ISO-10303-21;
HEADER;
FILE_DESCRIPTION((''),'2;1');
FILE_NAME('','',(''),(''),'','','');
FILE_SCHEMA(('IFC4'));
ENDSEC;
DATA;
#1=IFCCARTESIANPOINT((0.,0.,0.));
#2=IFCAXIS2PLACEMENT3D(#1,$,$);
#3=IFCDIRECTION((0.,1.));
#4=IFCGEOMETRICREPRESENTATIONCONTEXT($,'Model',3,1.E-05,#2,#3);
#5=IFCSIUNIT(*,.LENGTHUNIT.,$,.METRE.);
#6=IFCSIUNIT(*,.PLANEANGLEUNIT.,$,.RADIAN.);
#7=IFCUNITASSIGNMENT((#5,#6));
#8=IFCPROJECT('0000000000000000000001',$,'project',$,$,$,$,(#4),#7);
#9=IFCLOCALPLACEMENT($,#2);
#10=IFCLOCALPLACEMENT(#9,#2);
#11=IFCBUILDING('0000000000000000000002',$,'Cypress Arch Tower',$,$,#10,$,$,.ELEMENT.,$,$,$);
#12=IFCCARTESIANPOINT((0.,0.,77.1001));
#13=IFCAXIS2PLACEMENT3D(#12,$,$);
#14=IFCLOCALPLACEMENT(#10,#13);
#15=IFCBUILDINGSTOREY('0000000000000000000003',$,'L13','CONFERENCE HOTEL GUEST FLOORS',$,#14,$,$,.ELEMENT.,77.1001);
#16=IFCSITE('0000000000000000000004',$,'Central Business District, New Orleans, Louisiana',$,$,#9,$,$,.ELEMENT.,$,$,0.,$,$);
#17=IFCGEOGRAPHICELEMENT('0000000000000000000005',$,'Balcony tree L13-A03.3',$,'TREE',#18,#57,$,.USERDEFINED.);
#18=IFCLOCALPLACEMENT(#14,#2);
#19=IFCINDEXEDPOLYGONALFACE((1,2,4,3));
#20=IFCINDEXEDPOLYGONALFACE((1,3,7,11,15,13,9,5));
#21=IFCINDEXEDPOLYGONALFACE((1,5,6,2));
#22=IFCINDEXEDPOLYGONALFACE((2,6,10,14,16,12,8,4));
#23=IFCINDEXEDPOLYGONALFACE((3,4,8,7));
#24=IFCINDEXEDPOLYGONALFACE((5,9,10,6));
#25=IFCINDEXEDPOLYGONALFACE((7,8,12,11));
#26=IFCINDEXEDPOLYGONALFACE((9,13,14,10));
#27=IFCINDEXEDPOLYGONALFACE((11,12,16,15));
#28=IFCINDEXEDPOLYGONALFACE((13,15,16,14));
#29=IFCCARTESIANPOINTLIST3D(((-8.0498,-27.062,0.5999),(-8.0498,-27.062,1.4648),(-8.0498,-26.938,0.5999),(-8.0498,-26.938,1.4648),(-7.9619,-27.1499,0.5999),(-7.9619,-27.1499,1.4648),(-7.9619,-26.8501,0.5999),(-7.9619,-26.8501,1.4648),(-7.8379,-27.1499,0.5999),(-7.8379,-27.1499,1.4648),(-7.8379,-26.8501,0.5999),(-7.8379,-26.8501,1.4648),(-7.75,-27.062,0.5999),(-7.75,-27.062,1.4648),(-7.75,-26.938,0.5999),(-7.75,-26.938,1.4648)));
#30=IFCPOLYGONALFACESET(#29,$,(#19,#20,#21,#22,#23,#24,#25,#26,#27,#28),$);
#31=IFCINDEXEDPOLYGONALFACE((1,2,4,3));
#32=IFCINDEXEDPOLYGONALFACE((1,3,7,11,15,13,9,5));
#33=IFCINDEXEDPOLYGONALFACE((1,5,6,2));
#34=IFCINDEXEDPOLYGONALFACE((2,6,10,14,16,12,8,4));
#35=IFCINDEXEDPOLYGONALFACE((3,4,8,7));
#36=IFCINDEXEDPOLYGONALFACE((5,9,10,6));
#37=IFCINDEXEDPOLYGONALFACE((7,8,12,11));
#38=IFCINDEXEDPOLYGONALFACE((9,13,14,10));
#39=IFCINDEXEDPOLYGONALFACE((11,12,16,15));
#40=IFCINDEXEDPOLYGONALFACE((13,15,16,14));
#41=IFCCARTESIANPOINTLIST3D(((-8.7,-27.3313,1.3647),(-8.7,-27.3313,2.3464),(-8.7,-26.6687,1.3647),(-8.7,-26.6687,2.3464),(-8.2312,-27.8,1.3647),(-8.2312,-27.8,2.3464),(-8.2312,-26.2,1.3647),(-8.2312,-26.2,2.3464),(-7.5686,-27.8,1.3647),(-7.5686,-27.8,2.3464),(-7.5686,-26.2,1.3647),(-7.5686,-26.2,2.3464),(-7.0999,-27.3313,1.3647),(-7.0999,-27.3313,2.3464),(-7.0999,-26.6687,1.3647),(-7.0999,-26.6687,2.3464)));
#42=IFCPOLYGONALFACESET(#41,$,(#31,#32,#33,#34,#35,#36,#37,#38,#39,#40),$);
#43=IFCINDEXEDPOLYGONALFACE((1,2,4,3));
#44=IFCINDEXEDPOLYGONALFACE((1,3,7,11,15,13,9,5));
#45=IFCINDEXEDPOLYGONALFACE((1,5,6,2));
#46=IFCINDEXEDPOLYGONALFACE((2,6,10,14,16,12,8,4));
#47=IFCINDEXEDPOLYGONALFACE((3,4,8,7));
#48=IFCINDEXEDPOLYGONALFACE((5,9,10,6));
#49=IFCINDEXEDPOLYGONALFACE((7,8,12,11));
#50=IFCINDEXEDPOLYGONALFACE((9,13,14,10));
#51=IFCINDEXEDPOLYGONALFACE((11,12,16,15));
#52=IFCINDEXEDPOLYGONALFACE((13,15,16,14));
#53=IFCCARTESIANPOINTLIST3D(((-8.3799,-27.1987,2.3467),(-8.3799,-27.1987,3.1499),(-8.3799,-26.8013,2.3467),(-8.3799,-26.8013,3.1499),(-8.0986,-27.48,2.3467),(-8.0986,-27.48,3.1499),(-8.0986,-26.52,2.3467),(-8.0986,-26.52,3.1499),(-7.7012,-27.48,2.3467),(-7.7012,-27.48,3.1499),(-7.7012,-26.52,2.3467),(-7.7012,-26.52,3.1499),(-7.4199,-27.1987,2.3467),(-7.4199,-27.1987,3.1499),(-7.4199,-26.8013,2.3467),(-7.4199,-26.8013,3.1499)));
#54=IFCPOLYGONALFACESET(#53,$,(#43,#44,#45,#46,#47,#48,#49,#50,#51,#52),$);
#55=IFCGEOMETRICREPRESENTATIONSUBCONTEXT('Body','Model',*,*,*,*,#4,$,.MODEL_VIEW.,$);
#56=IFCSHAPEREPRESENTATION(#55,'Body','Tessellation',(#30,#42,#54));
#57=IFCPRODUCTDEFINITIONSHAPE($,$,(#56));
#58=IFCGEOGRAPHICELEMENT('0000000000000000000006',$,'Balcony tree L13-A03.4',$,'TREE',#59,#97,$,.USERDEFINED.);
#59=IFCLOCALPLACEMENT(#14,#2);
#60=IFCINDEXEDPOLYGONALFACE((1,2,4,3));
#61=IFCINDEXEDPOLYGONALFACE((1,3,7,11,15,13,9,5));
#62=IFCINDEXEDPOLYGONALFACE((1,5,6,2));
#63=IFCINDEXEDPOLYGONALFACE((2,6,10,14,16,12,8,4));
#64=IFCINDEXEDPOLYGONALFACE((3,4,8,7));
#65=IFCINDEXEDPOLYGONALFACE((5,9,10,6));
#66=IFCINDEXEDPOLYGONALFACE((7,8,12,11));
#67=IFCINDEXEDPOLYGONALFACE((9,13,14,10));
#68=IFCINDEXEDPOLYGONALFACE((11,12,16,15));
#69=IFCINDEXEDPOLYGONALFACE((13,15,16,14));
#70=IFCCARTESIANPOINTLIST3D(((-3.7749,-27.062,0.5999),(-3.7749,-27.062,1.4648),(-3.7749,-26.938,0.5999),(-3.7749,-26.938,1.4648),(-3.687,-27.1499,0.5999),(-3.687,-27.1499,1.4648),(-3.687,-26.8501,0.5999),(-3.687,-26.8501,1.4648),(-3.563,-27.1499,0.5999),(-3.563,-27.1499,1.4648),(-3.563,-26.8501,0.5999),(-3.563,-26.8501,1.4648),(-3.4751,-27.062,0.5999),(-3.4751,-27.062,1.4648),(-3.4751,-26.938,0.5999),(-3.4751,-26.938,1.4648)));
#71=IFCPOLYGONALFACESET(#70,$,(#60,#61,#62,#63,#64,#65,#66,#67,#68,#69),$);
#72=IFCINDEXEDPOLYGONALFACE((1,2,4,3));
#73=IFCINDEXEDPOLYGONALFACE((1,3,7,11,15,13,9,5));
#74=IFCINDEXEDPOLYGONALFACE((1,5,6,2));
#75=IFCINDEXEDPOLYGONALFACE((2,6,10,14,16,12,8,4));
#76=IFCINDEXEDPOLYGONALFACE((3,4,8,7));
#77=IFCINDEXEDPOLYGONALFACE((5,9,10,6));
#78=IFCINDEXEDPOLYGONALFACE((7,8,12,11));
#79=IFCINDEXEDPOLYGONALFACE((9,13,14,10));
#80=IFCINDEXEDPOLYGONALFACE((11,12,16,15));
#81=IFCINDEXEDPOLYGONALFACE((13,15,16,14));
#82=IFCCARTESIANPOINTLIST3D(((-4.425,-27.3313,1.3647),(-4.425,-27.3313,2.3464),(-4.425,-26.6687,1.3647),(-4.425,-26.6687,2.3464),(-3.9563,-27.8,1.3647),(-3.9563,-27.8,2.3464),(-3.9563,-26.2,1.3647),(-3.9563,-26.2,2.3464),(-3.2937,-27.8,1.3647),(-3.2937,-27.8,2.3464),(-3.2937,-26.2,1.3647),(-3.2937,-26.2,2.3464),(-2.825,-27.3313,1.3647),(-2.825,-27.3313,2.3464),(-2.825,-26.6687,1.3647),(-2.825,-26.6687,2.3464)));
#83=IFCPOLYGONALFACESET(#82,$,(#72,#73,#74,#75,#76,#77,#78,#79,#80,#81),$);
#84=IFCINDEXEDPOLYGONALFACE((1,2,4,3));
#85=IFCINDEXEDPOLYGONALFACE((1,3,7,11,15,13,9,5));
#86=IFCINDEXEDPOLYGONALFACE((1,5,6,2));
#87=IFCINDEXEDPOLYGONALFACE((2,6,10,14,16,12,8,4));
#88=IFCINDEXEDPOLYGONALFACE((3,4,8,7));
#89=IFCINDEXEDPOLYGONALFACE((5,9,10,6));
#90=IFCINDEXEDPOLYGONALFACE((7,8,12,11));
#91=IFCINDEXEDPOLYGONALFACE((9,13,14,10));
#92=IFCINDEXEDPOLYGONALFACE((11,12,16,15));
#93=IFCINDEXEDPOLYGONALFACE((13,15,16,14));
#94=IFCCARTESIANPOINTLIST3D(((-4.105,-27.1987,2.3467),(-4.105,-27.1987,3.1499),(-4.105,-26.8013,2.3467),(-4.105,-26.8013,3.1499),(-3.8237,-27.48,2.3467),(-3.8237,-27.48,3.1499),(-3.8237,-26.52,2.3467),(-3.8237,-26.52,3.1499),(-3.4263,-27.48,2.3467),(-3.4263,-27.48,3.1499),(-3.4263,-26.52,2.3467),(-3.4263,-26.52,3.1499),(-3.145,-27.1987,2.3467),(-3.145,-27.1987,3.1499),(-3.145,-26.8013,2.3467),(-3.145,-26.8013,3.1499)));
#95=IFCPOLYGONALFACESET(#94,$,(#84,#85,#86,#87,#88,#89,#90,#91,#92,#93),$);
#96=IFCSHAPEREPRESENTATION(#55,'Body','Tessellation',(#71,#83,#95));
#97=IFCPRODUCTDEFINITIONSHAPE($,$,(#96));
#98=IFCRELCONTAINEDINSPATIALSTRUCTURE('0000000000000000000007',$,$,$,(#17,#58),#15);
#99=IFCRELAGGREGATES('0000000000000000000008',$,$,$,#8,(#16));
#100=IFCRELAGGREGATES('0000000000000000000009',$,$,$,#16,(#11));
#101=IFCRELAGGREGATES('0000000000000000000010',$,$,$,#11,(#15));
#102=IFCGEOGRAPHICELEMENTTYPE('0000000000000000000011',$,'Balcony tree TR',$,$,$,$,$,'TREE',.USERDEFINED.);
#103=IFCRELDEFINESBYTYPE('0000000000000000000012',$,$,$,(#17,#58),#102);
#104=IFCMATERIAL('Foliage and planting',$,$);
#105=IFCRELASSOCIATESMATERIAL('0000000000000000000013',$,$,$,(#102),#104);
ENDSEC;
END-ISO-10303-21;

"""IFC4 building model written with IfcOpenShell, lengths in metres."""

from ifc_helpers import new_model, si_unit, direction, frame, origin, place, context, subcontext, project, spatial, polyline, outline, extrude, material, type_object, element, save


model = new_model("IFC4")

# Units and contexts
model_context = context("Model", 3, precision=1e-05, world=origin(), true_north=direction((0.0, 1.0)))
body_context = subcontext(model_context, "Body", "Model", "MODEL_VIEW")
ifc_project = project(units=[si_unit("LENGTHUNIT", "METRE"), si_unit("PLANEANGLEUNIT", "RADIAN")], contexts=[model_context])

# Site, building, storey
site_placement = place(None, origin())
site = spatial("IfcSite", under=ifc_project, at=site_placement, Name="Central Business District, New Orleans, Louisiana", CompositionType="ELEMENT", RefElevation=0.0)
building_placement = place(site_placement, origin())
building = spatial("IfcBuilding", under=site, at=building_placement, Name="Cypress Arch Tower", CompositionType="ELEMENT")
storey_placement = place(building_placement, frame((0.0, 0.0, 77.1001)))
storey = spatial("IfcBuildingStorey", under=building, at=storey_placement, Name="L13", Description="CONFERENCE HOTEL GUEST FLOORS", CompositionType="ELEMENT", Elevation=77.1001)

# Geographic elements
ifc_material_1 = material(Name="Foliage and planting")
geographic_element_type = type_object("IfcGeographicElementType", Name="Balcony tree TR", ElementType="TREE", PredefinedType="USERDEFINED", material=ifc_material_1)
for number, where, z_axis, x_axis, name in (
    (1, (-7.8999, -27.0, 0.5999), (0.0, 0.0, 1.0), (1.0, 0.0, 0.0), "Balcony tree L13-A03.3"),
    (2, (-3.625, -27.0, 0.5999), (0.0, 0.0, 1.0), (1.0, 0.0, 0.0), "Balcony tree L13-A03.4"),
):
    element("IfcGeographicElement", number, at=place(storey_placement, frame(where, z_axis=z_axis, x_axis=x_axis)), inside=storey, type_object=geographic_element_type, Name=name, ObjectType="TREE", PredefinedType="USERDEFINED", context=body_context, shape_type="SweptSolid", body=[
        extrude(outline(polyline([(0.1499, 0.062), (0.062, 0.1499), (-0.062, 0.1499), (-0.1499, 0.062), (-0.1499, -0.062), (-0.062, -0.1499), (0.062, -0.1499), (0.1499, -0.062), (0.1499, 0.062)])), origin(), (0.0, 0.0, 1.0), 0.865),
        extrude(outline(polyline([(0.8, 0.3313), (0.3313, 0.8), (-0.3313, 0.8), (-0.8, 0.3313), (-0.8, -0.3313), (-0.3313, -0.8), (0.3313, -0.8), (0.8, -0.3313), (0.8, 0.3313)])), frame((0.0, 0.0, 0.7649)), (0.0, 0.0, 1.0), 0.9817),
        extrude(outline(polyline([(0.48, 0.1987), (0.1987, 0.48), (-0.1987, 0.48), (-0.48, 0.1987), (-0.48, -0.1987), (-0.1987, -0.48), (0.1987, -0.48), (0.48, -0.1987), (0.48, 0.1987)])), frame((0.0, 0.0, 1.7468)), (0.0, 0.0, 1.0), 0.8032),
    ])

save(model, "model.ifc")
